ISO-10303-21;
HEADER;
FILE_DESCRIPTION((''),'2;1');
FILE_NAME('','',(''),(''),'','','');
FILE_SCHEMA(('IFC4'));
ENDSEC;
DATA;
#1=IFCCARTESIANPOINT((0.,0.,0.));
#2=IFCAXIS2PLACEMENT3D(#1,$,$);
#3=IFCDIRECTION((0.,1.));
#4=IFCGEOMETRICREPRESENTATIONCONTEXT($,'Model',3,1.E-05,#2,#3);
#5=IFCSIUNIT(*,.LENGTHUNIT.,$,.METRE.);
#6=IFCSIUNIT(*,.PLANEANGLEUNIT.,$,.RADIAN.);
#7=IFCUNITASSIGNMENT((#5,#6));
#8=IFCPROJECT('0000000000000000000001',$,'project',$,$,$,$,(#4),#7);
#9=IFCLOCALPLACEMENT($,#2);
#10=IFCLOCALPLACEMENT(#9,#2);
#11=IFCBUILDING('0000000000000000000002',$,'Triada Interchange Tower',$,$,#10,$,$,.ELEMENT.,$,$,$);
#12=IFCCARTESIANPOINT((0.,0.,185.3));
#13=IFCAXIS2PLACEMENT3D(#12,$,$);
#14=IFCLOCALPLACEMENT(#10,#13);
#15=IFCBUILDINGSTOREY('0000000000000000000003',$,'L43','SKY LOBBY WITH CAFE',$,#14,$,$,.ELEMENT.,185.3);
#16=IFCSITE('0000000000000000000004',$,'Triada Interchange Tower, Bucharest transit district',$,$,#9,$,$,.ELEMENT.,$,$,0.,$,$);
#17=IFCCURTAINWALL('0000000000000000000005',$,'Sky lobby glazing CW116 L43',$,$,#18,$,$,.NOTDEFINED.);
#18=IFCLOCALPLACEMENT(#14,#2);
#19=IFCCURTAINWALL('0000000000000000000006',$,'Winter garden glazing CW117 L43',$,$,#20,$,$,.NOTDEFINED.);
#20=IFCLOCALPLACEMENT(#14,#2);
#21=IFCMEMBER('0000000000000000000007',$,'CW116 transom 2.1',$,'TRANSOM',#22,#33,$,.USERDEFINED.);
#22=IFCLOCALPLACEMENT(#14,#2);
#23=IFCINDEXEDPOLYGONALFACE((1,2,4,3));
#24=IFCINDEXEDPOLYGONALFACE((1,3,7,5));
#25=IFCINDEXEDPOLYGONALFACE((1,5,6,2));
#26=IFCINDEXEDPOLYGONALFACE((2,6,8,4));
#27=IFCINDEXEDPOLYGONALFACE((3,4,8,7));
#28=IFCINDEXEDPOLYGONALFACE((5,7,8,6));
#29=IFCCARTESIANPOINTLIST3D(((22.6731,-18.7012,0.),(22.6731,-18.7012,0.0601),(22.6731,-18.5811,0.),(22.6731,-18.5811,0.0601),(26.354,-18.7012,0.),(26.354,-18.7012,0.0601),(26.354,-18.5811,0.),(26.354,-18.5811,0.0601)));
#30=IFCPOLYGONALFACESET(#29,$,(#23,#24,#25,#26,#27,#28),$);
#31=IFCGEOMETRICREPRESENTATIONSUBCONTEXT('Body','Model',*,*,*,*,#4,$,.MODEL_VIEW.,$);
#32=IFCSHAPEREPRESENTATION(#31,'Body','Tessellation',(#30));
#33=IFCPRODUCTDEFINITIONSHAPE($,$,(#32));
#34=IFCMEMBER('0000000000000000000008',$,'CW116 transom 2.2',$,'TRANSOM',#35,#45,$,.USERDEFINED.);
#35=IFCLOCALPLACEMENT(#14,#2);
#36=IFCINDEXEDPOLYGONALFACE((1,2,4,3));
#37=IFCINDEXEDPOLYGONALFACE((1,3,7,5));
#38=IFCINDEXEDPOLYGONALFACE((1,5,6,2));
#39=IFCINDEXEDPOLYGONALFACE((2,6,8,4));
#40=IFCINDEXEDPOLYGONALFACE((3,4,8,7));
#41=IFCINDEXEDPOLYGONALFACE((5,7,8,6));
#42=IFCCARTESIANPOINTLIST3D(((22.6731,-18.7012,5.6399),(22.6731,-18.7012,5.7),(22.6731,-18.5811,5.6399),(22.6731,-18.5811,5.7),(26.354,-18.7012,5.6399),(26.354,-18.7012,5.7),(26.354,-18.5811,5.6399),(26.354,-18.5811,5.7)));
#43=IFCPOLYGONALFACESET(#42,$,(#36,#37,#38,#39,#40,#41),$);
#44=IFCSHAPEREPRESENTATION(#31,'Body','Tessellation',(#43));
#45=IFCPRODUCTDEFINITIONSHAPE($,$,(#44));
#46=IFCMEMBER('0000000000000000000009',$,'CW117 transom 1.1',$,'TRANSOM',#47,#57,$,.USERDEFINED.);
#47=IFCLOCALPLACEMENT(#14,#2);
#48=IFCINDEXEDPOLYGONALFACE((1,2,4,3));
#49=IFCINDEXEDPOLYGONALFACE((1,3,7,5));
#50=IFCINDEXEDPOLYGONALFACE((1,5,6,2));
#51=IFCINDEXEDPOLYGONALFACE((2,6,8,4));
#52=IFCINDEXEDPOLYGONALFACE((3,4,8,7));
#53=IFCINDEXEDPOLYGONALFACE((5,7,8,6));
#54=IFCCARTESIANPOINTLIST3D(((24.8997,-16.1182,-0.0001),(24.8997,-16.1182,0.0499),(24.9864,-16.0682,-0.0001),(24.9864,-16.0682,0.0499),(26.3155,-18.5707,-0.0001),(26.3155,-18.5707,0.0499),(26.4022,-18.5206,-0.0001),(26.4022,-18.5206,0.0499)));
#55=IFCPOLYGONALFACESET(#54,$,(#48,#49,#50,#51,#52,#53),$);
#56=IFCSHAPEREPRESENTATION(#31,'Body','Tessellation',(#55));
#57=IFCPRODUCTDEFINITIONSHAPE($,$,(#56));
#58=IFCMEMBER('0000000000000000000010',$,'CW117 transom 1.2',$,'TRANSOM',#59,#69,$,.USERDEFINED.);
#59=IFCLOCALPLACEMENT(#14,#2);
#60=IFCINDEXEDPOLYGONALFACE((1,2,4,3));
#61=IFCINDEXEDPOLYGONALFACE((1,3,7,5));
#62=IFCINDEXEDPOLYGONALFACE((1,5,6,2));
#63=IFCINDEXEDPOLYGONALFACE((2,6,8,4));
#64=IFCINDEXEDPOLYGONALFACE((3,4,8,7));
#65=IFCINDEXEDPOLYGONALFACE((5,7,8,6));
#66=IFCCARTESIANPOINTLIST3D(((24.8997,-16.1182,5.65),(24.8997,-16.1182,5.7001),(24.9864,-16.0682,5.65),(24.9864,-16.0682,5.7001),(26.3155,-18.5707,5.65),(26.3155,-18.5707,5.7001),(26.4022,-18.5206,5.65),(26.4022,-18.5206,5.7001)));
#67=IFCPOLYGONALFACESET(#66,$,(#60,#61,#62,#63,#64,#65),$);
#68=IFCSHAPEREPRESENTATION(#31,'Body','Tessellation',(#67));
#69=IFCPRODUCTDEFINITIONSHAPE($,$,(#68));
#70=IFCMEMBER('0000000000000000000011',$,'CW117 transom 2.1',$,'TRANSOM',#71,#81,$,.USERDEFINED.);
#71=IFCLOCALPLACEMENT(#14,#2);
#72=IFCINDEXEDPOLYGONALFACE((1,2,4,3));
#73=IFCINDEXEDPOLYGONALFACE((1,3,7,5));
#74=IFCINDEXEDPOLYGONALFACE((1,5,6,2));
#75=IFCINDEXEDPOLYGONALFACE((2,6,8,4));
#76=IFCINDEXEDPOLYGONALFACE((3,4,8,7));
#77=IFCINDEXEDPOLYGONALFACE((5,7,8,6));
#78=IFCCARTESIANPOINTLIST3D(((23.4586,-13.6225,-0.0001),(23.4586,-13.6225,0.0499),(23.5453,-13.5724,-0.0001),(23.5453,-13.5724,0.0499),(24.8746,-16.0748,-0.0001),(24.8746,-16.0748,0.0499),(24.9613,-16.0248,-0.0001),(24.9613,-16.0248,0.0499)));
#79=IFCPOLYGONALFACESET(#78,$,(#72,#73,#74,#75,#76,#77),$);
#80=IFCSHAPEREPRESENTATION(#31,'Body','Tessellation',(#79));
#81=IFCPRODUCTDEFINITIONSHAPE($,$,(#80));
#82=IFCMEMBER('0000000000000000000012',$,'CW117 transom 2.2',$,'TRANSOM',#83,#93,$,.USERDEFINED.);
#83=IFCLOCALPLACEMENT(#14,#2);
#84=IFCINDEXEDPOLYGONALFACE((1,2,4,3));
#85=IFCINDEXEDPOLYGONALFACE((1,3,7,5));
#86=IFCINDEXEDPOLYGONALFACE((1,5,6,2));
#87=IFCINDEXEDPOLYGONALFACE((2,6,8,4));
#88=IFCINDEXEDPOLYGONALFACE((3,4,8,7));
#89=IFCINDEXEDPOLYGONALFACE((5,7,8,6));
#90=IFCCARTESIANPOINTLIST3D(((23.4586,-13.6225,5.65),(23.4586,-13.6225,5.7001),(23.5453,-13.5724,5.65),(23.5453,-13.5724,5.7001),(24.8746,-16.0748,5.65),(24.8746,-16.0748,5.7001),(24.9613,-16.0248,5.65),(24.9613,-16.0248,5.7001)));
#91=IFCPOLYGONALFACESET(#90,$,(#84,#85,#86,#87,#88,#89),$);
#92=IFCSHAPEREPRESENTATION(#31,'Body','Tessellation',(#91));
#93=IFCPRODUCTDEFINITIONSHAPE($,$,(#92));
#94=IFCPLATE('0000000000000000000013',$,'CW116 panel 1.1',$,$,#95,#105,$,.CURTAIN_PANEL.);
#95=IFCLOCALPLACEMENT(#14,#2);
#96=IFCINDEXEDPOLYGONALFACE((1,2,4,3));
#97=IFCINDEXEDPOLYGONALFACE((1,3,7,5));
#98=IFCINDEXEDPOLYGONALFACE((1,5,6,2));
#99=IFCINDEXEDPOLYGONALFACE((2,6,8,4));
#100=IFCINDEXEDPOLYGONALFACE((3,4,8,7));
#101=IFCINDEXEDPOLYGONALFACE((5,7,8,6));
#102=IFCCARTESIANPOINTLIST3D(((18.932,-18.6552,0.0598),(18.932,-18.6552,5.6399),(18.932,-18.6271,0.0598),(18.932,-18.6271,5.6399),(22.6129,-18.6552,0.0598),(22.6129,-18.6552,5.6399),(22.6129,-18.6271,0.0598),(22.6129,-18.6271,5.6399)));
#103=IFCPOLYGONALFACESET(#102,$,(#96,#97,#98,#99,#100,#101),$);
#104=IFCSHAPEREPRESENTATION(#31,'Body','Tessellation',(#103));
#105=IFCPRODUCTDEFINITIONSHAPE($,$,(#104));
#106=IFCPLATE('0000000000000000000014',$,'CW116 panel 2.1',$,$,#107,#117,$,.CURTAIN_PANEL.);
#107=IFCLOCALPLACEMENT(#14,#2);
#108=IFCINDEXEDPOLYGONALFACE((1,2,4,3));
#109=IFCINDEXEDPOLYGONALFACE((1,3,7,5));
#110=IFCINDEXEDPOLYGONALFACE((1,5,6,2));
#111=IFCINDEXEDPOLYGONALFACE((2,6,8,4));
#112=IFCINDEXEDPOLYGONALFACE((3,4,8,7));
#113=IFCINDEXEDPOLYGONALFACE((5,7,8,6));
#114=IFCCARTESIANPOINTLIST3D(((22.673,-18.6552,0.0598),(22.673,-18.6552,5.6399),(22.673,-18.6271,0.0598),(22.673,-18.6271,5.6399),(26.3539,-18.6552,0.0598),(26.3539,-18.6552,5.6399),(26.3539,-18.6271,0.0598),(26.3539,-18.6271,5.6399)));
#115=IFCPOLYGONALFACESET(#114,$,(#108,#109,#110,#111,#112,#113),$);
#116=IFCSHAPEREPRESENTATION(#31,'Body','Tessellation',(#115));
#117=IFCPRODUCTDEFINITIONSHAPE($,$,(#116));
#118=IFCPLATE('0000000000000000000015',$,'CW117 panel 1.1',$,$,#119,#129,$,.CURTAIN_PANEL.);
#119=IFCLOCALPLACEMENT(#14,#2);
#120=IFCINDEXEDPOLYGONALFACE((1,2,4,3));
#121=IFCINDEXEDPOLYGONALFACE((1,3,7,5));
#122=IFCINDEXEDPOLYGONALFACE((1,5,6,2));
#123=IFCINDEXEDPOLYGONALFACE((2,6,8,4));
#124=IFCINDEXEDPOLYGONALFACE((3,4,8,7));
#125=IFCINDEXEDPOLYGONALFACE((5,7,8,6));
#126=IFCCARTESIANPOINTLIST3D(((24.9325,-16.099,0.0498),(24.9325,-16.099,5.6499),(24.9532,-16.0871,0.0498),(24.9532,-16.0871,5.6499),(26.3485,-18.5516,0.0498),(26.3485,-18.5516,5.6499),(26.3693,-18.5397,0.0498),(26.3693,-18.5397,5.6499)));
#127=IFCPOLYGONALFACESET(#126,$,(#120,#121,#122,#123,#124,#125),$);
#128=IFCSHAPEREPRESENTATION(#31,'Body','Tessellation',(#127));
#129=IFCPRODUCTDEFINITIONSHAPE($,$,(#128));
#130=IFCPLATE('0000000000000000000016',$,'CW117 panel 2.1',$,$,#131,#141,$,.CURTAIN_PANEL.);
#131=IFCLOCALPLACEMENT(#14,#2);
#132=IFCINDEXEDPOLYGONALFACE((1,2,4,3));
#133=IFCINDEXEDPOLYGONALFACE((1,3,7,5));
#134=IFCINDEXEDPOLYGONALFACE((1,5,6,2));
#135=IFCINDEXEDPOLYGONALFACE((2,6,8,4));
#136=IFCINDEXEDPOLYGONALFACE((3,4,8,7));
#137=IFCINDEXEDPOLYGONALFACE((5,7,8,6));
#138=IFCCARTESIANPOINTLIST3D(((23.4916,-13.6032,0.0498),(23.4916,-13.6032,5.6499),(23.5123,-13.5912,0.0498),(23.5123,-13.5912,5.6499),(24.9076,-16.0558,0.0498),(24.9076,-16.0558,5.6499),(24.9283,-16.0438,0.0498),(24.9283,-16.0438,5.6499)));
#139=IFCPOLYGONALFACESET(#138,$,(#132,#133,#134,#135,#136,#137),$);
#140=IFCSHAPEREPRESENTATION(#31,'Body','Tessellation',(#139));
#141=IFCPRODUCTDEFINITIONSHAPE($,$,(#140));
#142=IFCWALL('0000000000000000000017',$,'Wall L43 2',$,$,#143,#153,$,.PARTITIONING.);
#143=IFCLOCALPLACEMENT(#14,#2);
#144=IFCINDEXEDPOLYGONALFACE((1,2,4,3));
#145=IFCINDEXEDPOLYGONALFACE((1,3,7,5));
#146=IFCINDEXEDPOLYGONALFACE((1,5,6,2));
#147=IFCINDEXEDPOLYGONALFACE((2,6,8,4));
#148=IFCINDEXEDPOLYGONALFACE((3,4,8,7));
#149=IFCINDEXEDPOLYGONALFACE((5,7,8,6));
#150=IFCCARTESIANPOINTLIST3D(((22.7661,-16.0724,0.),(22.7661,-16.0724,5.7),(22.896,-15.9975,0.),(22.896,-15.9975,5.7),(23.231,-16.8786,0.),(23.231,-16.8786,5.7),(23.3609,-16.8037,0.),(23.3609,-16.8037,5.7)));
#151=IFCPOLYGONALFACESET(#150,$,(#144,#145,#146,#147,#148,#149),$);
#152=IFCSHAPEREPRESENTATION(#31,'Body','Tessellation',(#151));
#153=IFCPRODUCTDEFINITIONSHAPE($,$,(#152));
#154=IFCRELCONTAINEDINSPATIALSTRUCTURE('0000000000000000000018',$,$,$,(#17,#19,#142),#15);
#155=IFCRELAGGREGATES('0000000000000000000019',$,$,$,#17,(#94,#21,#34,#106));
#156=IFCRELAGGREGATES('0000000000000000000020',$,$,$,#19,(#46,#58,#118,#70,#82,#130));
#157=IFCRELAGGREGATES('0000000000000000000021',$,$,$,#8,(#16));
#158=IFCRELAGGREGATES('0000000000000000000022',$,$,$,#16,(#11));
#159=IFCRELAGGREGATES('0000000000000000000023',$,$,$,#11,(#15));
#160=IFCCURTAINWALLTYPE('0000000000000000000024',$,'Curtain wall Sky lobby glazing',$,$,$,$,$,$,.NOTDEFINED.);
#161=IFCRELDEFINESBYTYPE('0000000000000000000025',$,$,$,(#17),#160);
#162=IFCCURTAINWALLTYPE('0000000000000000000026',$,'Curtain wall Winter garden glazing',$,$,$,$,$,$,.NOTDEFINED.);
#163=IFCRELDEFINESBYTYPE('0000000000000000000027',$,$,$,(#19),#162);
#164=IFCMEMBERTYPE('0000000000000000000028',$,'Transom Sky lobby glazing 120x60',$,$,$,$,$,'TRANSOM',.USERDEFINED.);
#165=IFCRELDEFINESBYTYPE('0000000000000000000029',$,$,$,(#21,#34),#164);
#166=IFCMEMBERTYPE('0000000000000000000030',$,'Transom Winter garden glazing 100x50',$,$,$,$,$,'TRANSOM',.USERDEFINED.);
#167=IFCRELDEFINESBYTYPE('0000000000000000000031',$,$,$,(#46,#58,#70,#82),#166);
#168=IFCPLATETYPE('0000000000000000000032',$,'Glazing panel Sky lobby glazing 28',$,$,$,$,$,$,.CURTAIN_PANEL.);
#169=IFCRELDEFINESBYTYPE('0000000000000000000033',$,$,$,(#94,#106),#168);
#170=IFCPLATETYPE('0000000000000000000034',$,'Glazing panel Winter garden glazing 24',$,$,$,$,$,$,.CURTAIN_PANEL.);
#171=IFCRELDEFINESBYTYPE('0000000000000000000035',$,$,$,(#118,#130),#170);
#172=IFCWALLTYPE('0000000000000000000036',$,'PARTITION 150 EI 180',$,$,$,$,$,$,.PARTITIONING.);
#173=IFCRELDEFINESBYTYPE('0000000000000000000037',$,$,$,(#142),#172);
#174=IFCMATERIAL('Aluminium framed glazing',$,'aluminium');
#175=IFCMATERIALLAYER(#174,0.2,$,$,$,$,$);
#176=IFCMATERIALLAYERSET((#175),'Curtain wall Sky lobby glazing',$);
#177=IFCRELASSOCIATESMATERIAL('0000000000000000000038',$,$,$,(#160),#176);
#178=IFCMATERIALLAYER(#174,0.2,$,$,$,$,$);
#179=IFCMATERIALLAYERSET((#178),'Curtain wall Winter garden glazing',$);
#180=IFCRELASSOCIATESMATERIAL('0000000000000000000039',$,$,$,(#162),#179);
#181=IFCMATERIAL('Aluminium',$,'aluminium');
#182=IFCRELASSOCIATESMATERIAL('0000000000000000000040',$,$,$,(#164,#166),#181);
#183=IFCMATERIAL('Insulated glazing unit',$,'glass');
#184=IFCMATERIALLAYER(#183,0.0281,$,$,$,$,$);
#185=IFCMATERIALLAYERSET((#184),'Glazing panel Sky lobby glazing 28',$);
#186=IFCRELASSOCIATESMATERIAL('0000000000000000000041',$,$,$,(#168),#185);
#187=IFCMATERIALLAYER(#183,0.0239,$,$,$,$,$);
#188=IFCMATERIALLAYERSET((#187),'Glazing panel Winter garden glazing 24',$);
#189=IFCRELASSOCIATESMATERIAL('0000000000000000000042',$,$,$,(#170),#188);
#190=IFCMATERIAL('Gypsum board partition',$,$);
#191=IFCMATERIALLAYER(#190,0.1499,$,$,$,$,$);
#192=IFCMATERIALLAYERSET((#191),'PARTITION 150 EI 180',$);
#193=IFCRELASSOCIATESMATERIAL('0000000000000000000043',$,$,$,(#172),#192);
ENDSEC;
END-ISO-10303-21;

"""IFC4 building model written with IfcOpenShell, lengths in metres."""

from ifc_helpers import new_model, si_unit, direction, frame, frame_2d, origin, origin_2d, place, context, subcontext, project, spatial, rectangle, extrude, material, layer, layer_set, material_profile, profile_set, type_object, element, aggregate, save


model = new_model("IFC4")

# Units and contexts
model_context = context("Model", 3, precision=1e-05, world=origin(), true_north=direction((0.0, 1.0)))
body_context = subcontext(model_context, "Body", "Model", "MODEL_VIEW")
ifc_project = project(units=[si_unit("LENGTHUNIT", "METRE"), si_unit("PLANEANGLEUNIT", "RADIAN")], contexts=[model_context])

# Site, building, storey
site_placement = place(None, origin())
site = spatial("IfcSite", under=ifc_project, at=site_placement, Name="Triada Interchange Tower, Bucharest transit district", CompositionType="ELEMENT", RefElevation=0.0)
building_placement = place(site_placement, origin())
building = spatial("IfcBuilding", under=site, at=building_placement, Name="Triada Interchange Tower", CompositionType="ELEMENT")
storey_placement = place(building_placement, frame((0.0, 0.0, 185.3)))
storey = spatial("IfcBuildingStorey", under=building, at=storey_placement, Name="L43", Description="SKY LOBBY WITH CAFE", CompositionType="ELEMENT", Elevation=185.3)

# Shared definitions
ifc_material_1 = material(Name="Aluminium framed glazing", Category="aluminium")
ifc_layer_1 = layer(ifc_material_1, 0.2)
ifc_layer_set_1 = layer_set([ifc_layer_1], Name="Curtain wall Sky lobby glazing")
curtain_wall_type_1 = type_object("IfcCurtainWallType", Name="Curtain wall Sky lobby glazing", PredefinedType="NOTDEFINED", material=ifc_layer_set_1)
ifc_material_2 = material(Name="Aluminium", Category="aluminium")

# Curtain walls
curtain_wall_1_placement = place(storey_placement, origin())
curtain_wall_1 = element("IfcCurtainWall", 1, at=curtain_wall_1_placement, inside=storey, type_object=curtain_wall_type_1, Name="Sky lobby glazing CW116 L43", PredefinedType="NOTDEFINED")
ifc_layer_2 = layer(ifc_material_1, 0.2)
ifc_layer_set_2 = layer_set([ifc_layer_2], Name="Curtain wall Winter garden glazing")
curtain_wall_type_2 = type_object("IfcCurtainWallType", Name="Curtain wall Winter garden glazing", PredefinedType="NOTDEFINED", material=ifc_layer_set_2)
curtain_wall_2_placement = place(storey_placement, origin())
curtain_wall_2 = element("IfcCurtainWall", 2, at=curtain_wall_2_placement, inside=storey, type_object=curtain_wall_type_2, Name="Winter garden glazing CW117 L43", PredefinedType="NOTDEFINED")

# Members
ifc_material_profile_1 = material_profile(ifc_material_2, rectangle(XDim=0.1201, YDim=0.0601, at=origin_2d()), Name="Aluminium transom")
ifc_profile_set_1 = profile_set([ifc_material_profile_1], Name="Aluminium")
member_type_1 = type_object("IfcMemberType", Name="Transom Sky lobby glazing 120x60", ElementType="TRANSOM", PredefinedType="USERDEFINED", material=ifc_profile_set_1)
member_1_placement = place(storey_placement, frame((22.6731, -18.6411, 0.03), z_axis=(1.0, 0.0, 0.0), x_axis=(0.0, 1.0, 0.0)))
member_1 = element("IfcMember", 3, at=member_1_placement, type_object=member_type_1, Name="CW116 transom 2.1", ObjectType="TRANSOM", PredefinedType="USERDEFINED", context=body_context, shape_type="SweptSolid", body=[
    extrude(rectangle(XDim=0.1201, YDim=0.0601, at=origin_2d()), origin(), (0.0, 0.0, 1.0), 3.6809),
])
member_2_placement = place(storey_placement, frame((22.6731, -18.6411, 5.6699), z_axis=(1.0, 0.0, 0.0), x_axis=(0.0, 1.0, 0.0)))
member_2 = element("IfcMember", 4, at=member_2_placement, type_object=member_type_1, Name="CW116 transom 2.2", ObjectType="TRANSOM", PredefinedType="USERDEFINED", context=body_context, shape_type="SweptSolid", body=[
    extrude(rectangle(XDim=0.1201, YDim=0.0601, at=origin_2d()), origin(), (0.0, 0.0, 1.0), 3.6809),
])
ifc_material_profile_2 = material_profile(ifc_material_2, rectangle(XDim=0.1001, YDim=0.05, at=origin_2d()), Name="Aluminium transom")
ifc_profile_set_2 = profile_set([ifc_material_profile_2], Name="Aluminium")
member_type_2 = type_object("IfcMemberType", Name="Transom Winter garden glazing 100x50", ElementType="TRANSOM", PredefinedType="USERDEFINED", material=ifc_profile_set_2)
member_3_placement = place(storey_placement, frame((26.3589, -18.5457, 0.0249), z_axis=(-0.499969, 0.866043, 0.0), x_axis=(-0.866043, -0.499969, 0.0)))
member_3 = element("IfcMember", 5, at=member_3_placement, type_object=member_type_2, Name="CW117 transom 1.1", ObjectType="TRANSOM", PredefinedType="USERDEFINED", context=body_context, shape_type="SweptSolid", body=[
    extrude(rectangle(XDim=0.1001, YDim=0.05, at=origin_2d()), origin(), (0.0, 0.0, 1.0), 2.8318),
])
member_4_placement = place(storey_placement, frame((26.3589, -18.5457, 5.675), z_axis=(-0.499969, 0.866043, 0.0), x_axis=(-0.866043, -0.499969, 0.0)))
member_4 = element("IfcMember", 6, at=member_4_placement, type_object=member_type_2, Name="CW117 transom 1.2", ObjectType="TRANSOM", PredefinedType="USERDEFINED", context=body_context, shape_type="SweptSolid", body=[
    extrude(rectangle(XDim=0.1001, YDim=0.05, at=origin_2d()), origin(), (0.0, 0.0, 1.0), 2.8318),
])
member_5_placement = place(storey_placement, frame((24.918, -16.0498, 0.0249), z_axis=(-0.500033, 0.866006, 0.0), x_axis=(-0.866006, -0.500033, 0.0)))
member_5 = element("IfcMember", 7, at=member_5_placement, type_object=member_type_2, Name="CW117 transom 2.1", ObjectType="TRANSOM", PredefinedType="USERDEFINED", context=body_context, shape_type="SweptSolid", body=[
    extrude(rectangle(XDim=0.1001, YDim=0.05, at=origin_2d()), origin(), (0.0, 0.0, 1.0), 2.8318),
])
member_6_placement = place(storey_placement, frame((24.918, -16.0498, 5.675), z_axis=(-0.500033, 0.866006, 0.0), x_axis=(-0.866006, -0.500033, 0.0)))
member_6 = element("IfcMember", 8, at=member_6_placement, type_object=member_type_2, Name="CW117 transom 2.2", ObjectType="TRANSOM", PredefinedType="USERDEFINED", context=body_context, shape_type="SweptSolid", body=[
    extrude(rectangle(XDim=0.1001, YDim=0.05, at=origin_2d()), origin(), (0.0, 0.0, 1.0), 2.8318),
])

# Plates
ifc_material_3 = material(Name="Insulated glazing unit", Category="glass")
ifc_layer_3 = layer(ifc_material_3, 0.0281)
ifc_layer_set_3 = layer_set([ifc_layer_3], Name="Glazing panel Sky lobby glazing 28")
plate_type_1 = type_object("IfcPlateType", Name="Glazing panel Sky lobby glazing 28", PredefinedType="CURTAIN_PANEL", material=ifc_layer_set_3)
plate_1_placement = place(storey_placement, frame((20.7725, -18.6411, 0.0598), z_axis=(0.0, 0.0, 1.0), x_axis=(1.0, 0.0, 0.0)))
plate_1 = element("IfcPlate", 9, at=plate_1_placement, type_object=plate_type_1, Name="CW116 panel 1.1", PredefinedType="CURTAIN_PANEL", context=body_context, shape_type="SweptSolid", body=[
    extrude(rectangle(XDim=3.6809, YDim=0.0281, at=origin_2d()), origin(), (0.0, 0.0, 1.0), 5.5801),
])
plate_2_placement = place(storey_placement, frame((24.5134, -18.6411, 0.0598), z_axis=(0.0, 0.0, 1.0), x_axis=(1.0, 0.0, 0.0)))
plate_2 = element("IfcPlate", 10, at=plate_2_placement, type_object=plate_type_1, Name="CW116 panel 2.1", PredefinedType="CURTAIN_PANEL", context=body_context, shape_type="SweptSolid", body=[
    extrude(rectangle(XDim=3.6809, YDim=0.0281, at=origin_2d()), origin(), (0.0, 0.0, 1.0), 5.5801),
])
aggregate(curtain_wall_1, [plate_1, member_1, member_2, plate_2])
ifc_layer_4 = layer(ifc_material_3, 0.0239)
ifc_layer_set_4 = layer_set([ifc_layer_4], Name="Glazing panel Winter garden glazing 24")
plate_type_2 = type_object("IfcPlateType", Name="Glazing panel Winter garden glazing 24", PredefinedType="CURTAIN_PANEL", material=ifc_layer_set_4)
plate_3_placement = place(storey_placement, frame((25.6509, -17.3193, 0.0498), z_axis=(0.0, 0.0, 1.0), x_axis=(-0.500005, 0.866022, 0.0)))
plate_3 = element("IfcPlate", 11, at=plate_3_placement, type_object=plate_type_2, Name="CW117 panel 1.1", PredefinedType="CURTAIN_PANEL", context=body_context, shape_type="SweptSolid", body=[
    extrude(rectangle(XDim=2.832, YDim=0.0239, at=origin_2d()), origin(), (0.0, 0.0, 1.0), 5.6001),
])
plate_4_placement = place(storey_placement, frame((24.21, -14.8235, 0.0498), z_axis=(0.0, 0.0, 1.0), x_axis=(-0.500005, 0.866022, 0.0)))
plate_4 = element("IfcPlate", 12, at=plate_4_placement, type_object=plate_type_2, Name="CW117 panel 2.1", PredefinedType="CURTAIN_PANEL", context=body_context, shape_type="SweptSolid", body=[
    extrude(rectangle(XDim=2.832, YDim=0.0239, at=origin_2d()), origin(), (0.0, 0.0, 1.0), 5.6001),
])
aggregate(curtain_wall_2, [member_3, member_4, plate_3, member_5, member_6, plate_4])

# Wall
ifc_material_4 = material(Name="Gypsum board partition")
ifc_layer_5 = layer(ifc_material_4, 0.1499)
ifc_layer_set_5 = layer_set([ifc_layer_5], Name="PARTITION 150 EI 180")
wall_type = type_object("IfcWallType", Name="PARTITION 150 EI 180", PredefinedType="PARTITIONING", material=ifc_layer_set_5)
wall_placement = place(storey_placement, frame((22.8311, -16.0349, 0.0), z_axis=(0.0, 0.0, 1.0), x_axis=(0.499526, -0.866299, 0.0)))
element("IfcWall", 13, at=wall_placement, inside=storey, type_object=wall_type, Name="Wall L43 2", PredefinedType="PARTITIONING", context=body_context, shape_type="SweptSolid", body=[
    extrude(rectangle(XDim=0.9307, YDim=0.1499, at=frame_2d((0.4653, 0.0))), origin(), (0.0, 0.0, 1.0), 5.7),
])

save(model, "model.ifc")
